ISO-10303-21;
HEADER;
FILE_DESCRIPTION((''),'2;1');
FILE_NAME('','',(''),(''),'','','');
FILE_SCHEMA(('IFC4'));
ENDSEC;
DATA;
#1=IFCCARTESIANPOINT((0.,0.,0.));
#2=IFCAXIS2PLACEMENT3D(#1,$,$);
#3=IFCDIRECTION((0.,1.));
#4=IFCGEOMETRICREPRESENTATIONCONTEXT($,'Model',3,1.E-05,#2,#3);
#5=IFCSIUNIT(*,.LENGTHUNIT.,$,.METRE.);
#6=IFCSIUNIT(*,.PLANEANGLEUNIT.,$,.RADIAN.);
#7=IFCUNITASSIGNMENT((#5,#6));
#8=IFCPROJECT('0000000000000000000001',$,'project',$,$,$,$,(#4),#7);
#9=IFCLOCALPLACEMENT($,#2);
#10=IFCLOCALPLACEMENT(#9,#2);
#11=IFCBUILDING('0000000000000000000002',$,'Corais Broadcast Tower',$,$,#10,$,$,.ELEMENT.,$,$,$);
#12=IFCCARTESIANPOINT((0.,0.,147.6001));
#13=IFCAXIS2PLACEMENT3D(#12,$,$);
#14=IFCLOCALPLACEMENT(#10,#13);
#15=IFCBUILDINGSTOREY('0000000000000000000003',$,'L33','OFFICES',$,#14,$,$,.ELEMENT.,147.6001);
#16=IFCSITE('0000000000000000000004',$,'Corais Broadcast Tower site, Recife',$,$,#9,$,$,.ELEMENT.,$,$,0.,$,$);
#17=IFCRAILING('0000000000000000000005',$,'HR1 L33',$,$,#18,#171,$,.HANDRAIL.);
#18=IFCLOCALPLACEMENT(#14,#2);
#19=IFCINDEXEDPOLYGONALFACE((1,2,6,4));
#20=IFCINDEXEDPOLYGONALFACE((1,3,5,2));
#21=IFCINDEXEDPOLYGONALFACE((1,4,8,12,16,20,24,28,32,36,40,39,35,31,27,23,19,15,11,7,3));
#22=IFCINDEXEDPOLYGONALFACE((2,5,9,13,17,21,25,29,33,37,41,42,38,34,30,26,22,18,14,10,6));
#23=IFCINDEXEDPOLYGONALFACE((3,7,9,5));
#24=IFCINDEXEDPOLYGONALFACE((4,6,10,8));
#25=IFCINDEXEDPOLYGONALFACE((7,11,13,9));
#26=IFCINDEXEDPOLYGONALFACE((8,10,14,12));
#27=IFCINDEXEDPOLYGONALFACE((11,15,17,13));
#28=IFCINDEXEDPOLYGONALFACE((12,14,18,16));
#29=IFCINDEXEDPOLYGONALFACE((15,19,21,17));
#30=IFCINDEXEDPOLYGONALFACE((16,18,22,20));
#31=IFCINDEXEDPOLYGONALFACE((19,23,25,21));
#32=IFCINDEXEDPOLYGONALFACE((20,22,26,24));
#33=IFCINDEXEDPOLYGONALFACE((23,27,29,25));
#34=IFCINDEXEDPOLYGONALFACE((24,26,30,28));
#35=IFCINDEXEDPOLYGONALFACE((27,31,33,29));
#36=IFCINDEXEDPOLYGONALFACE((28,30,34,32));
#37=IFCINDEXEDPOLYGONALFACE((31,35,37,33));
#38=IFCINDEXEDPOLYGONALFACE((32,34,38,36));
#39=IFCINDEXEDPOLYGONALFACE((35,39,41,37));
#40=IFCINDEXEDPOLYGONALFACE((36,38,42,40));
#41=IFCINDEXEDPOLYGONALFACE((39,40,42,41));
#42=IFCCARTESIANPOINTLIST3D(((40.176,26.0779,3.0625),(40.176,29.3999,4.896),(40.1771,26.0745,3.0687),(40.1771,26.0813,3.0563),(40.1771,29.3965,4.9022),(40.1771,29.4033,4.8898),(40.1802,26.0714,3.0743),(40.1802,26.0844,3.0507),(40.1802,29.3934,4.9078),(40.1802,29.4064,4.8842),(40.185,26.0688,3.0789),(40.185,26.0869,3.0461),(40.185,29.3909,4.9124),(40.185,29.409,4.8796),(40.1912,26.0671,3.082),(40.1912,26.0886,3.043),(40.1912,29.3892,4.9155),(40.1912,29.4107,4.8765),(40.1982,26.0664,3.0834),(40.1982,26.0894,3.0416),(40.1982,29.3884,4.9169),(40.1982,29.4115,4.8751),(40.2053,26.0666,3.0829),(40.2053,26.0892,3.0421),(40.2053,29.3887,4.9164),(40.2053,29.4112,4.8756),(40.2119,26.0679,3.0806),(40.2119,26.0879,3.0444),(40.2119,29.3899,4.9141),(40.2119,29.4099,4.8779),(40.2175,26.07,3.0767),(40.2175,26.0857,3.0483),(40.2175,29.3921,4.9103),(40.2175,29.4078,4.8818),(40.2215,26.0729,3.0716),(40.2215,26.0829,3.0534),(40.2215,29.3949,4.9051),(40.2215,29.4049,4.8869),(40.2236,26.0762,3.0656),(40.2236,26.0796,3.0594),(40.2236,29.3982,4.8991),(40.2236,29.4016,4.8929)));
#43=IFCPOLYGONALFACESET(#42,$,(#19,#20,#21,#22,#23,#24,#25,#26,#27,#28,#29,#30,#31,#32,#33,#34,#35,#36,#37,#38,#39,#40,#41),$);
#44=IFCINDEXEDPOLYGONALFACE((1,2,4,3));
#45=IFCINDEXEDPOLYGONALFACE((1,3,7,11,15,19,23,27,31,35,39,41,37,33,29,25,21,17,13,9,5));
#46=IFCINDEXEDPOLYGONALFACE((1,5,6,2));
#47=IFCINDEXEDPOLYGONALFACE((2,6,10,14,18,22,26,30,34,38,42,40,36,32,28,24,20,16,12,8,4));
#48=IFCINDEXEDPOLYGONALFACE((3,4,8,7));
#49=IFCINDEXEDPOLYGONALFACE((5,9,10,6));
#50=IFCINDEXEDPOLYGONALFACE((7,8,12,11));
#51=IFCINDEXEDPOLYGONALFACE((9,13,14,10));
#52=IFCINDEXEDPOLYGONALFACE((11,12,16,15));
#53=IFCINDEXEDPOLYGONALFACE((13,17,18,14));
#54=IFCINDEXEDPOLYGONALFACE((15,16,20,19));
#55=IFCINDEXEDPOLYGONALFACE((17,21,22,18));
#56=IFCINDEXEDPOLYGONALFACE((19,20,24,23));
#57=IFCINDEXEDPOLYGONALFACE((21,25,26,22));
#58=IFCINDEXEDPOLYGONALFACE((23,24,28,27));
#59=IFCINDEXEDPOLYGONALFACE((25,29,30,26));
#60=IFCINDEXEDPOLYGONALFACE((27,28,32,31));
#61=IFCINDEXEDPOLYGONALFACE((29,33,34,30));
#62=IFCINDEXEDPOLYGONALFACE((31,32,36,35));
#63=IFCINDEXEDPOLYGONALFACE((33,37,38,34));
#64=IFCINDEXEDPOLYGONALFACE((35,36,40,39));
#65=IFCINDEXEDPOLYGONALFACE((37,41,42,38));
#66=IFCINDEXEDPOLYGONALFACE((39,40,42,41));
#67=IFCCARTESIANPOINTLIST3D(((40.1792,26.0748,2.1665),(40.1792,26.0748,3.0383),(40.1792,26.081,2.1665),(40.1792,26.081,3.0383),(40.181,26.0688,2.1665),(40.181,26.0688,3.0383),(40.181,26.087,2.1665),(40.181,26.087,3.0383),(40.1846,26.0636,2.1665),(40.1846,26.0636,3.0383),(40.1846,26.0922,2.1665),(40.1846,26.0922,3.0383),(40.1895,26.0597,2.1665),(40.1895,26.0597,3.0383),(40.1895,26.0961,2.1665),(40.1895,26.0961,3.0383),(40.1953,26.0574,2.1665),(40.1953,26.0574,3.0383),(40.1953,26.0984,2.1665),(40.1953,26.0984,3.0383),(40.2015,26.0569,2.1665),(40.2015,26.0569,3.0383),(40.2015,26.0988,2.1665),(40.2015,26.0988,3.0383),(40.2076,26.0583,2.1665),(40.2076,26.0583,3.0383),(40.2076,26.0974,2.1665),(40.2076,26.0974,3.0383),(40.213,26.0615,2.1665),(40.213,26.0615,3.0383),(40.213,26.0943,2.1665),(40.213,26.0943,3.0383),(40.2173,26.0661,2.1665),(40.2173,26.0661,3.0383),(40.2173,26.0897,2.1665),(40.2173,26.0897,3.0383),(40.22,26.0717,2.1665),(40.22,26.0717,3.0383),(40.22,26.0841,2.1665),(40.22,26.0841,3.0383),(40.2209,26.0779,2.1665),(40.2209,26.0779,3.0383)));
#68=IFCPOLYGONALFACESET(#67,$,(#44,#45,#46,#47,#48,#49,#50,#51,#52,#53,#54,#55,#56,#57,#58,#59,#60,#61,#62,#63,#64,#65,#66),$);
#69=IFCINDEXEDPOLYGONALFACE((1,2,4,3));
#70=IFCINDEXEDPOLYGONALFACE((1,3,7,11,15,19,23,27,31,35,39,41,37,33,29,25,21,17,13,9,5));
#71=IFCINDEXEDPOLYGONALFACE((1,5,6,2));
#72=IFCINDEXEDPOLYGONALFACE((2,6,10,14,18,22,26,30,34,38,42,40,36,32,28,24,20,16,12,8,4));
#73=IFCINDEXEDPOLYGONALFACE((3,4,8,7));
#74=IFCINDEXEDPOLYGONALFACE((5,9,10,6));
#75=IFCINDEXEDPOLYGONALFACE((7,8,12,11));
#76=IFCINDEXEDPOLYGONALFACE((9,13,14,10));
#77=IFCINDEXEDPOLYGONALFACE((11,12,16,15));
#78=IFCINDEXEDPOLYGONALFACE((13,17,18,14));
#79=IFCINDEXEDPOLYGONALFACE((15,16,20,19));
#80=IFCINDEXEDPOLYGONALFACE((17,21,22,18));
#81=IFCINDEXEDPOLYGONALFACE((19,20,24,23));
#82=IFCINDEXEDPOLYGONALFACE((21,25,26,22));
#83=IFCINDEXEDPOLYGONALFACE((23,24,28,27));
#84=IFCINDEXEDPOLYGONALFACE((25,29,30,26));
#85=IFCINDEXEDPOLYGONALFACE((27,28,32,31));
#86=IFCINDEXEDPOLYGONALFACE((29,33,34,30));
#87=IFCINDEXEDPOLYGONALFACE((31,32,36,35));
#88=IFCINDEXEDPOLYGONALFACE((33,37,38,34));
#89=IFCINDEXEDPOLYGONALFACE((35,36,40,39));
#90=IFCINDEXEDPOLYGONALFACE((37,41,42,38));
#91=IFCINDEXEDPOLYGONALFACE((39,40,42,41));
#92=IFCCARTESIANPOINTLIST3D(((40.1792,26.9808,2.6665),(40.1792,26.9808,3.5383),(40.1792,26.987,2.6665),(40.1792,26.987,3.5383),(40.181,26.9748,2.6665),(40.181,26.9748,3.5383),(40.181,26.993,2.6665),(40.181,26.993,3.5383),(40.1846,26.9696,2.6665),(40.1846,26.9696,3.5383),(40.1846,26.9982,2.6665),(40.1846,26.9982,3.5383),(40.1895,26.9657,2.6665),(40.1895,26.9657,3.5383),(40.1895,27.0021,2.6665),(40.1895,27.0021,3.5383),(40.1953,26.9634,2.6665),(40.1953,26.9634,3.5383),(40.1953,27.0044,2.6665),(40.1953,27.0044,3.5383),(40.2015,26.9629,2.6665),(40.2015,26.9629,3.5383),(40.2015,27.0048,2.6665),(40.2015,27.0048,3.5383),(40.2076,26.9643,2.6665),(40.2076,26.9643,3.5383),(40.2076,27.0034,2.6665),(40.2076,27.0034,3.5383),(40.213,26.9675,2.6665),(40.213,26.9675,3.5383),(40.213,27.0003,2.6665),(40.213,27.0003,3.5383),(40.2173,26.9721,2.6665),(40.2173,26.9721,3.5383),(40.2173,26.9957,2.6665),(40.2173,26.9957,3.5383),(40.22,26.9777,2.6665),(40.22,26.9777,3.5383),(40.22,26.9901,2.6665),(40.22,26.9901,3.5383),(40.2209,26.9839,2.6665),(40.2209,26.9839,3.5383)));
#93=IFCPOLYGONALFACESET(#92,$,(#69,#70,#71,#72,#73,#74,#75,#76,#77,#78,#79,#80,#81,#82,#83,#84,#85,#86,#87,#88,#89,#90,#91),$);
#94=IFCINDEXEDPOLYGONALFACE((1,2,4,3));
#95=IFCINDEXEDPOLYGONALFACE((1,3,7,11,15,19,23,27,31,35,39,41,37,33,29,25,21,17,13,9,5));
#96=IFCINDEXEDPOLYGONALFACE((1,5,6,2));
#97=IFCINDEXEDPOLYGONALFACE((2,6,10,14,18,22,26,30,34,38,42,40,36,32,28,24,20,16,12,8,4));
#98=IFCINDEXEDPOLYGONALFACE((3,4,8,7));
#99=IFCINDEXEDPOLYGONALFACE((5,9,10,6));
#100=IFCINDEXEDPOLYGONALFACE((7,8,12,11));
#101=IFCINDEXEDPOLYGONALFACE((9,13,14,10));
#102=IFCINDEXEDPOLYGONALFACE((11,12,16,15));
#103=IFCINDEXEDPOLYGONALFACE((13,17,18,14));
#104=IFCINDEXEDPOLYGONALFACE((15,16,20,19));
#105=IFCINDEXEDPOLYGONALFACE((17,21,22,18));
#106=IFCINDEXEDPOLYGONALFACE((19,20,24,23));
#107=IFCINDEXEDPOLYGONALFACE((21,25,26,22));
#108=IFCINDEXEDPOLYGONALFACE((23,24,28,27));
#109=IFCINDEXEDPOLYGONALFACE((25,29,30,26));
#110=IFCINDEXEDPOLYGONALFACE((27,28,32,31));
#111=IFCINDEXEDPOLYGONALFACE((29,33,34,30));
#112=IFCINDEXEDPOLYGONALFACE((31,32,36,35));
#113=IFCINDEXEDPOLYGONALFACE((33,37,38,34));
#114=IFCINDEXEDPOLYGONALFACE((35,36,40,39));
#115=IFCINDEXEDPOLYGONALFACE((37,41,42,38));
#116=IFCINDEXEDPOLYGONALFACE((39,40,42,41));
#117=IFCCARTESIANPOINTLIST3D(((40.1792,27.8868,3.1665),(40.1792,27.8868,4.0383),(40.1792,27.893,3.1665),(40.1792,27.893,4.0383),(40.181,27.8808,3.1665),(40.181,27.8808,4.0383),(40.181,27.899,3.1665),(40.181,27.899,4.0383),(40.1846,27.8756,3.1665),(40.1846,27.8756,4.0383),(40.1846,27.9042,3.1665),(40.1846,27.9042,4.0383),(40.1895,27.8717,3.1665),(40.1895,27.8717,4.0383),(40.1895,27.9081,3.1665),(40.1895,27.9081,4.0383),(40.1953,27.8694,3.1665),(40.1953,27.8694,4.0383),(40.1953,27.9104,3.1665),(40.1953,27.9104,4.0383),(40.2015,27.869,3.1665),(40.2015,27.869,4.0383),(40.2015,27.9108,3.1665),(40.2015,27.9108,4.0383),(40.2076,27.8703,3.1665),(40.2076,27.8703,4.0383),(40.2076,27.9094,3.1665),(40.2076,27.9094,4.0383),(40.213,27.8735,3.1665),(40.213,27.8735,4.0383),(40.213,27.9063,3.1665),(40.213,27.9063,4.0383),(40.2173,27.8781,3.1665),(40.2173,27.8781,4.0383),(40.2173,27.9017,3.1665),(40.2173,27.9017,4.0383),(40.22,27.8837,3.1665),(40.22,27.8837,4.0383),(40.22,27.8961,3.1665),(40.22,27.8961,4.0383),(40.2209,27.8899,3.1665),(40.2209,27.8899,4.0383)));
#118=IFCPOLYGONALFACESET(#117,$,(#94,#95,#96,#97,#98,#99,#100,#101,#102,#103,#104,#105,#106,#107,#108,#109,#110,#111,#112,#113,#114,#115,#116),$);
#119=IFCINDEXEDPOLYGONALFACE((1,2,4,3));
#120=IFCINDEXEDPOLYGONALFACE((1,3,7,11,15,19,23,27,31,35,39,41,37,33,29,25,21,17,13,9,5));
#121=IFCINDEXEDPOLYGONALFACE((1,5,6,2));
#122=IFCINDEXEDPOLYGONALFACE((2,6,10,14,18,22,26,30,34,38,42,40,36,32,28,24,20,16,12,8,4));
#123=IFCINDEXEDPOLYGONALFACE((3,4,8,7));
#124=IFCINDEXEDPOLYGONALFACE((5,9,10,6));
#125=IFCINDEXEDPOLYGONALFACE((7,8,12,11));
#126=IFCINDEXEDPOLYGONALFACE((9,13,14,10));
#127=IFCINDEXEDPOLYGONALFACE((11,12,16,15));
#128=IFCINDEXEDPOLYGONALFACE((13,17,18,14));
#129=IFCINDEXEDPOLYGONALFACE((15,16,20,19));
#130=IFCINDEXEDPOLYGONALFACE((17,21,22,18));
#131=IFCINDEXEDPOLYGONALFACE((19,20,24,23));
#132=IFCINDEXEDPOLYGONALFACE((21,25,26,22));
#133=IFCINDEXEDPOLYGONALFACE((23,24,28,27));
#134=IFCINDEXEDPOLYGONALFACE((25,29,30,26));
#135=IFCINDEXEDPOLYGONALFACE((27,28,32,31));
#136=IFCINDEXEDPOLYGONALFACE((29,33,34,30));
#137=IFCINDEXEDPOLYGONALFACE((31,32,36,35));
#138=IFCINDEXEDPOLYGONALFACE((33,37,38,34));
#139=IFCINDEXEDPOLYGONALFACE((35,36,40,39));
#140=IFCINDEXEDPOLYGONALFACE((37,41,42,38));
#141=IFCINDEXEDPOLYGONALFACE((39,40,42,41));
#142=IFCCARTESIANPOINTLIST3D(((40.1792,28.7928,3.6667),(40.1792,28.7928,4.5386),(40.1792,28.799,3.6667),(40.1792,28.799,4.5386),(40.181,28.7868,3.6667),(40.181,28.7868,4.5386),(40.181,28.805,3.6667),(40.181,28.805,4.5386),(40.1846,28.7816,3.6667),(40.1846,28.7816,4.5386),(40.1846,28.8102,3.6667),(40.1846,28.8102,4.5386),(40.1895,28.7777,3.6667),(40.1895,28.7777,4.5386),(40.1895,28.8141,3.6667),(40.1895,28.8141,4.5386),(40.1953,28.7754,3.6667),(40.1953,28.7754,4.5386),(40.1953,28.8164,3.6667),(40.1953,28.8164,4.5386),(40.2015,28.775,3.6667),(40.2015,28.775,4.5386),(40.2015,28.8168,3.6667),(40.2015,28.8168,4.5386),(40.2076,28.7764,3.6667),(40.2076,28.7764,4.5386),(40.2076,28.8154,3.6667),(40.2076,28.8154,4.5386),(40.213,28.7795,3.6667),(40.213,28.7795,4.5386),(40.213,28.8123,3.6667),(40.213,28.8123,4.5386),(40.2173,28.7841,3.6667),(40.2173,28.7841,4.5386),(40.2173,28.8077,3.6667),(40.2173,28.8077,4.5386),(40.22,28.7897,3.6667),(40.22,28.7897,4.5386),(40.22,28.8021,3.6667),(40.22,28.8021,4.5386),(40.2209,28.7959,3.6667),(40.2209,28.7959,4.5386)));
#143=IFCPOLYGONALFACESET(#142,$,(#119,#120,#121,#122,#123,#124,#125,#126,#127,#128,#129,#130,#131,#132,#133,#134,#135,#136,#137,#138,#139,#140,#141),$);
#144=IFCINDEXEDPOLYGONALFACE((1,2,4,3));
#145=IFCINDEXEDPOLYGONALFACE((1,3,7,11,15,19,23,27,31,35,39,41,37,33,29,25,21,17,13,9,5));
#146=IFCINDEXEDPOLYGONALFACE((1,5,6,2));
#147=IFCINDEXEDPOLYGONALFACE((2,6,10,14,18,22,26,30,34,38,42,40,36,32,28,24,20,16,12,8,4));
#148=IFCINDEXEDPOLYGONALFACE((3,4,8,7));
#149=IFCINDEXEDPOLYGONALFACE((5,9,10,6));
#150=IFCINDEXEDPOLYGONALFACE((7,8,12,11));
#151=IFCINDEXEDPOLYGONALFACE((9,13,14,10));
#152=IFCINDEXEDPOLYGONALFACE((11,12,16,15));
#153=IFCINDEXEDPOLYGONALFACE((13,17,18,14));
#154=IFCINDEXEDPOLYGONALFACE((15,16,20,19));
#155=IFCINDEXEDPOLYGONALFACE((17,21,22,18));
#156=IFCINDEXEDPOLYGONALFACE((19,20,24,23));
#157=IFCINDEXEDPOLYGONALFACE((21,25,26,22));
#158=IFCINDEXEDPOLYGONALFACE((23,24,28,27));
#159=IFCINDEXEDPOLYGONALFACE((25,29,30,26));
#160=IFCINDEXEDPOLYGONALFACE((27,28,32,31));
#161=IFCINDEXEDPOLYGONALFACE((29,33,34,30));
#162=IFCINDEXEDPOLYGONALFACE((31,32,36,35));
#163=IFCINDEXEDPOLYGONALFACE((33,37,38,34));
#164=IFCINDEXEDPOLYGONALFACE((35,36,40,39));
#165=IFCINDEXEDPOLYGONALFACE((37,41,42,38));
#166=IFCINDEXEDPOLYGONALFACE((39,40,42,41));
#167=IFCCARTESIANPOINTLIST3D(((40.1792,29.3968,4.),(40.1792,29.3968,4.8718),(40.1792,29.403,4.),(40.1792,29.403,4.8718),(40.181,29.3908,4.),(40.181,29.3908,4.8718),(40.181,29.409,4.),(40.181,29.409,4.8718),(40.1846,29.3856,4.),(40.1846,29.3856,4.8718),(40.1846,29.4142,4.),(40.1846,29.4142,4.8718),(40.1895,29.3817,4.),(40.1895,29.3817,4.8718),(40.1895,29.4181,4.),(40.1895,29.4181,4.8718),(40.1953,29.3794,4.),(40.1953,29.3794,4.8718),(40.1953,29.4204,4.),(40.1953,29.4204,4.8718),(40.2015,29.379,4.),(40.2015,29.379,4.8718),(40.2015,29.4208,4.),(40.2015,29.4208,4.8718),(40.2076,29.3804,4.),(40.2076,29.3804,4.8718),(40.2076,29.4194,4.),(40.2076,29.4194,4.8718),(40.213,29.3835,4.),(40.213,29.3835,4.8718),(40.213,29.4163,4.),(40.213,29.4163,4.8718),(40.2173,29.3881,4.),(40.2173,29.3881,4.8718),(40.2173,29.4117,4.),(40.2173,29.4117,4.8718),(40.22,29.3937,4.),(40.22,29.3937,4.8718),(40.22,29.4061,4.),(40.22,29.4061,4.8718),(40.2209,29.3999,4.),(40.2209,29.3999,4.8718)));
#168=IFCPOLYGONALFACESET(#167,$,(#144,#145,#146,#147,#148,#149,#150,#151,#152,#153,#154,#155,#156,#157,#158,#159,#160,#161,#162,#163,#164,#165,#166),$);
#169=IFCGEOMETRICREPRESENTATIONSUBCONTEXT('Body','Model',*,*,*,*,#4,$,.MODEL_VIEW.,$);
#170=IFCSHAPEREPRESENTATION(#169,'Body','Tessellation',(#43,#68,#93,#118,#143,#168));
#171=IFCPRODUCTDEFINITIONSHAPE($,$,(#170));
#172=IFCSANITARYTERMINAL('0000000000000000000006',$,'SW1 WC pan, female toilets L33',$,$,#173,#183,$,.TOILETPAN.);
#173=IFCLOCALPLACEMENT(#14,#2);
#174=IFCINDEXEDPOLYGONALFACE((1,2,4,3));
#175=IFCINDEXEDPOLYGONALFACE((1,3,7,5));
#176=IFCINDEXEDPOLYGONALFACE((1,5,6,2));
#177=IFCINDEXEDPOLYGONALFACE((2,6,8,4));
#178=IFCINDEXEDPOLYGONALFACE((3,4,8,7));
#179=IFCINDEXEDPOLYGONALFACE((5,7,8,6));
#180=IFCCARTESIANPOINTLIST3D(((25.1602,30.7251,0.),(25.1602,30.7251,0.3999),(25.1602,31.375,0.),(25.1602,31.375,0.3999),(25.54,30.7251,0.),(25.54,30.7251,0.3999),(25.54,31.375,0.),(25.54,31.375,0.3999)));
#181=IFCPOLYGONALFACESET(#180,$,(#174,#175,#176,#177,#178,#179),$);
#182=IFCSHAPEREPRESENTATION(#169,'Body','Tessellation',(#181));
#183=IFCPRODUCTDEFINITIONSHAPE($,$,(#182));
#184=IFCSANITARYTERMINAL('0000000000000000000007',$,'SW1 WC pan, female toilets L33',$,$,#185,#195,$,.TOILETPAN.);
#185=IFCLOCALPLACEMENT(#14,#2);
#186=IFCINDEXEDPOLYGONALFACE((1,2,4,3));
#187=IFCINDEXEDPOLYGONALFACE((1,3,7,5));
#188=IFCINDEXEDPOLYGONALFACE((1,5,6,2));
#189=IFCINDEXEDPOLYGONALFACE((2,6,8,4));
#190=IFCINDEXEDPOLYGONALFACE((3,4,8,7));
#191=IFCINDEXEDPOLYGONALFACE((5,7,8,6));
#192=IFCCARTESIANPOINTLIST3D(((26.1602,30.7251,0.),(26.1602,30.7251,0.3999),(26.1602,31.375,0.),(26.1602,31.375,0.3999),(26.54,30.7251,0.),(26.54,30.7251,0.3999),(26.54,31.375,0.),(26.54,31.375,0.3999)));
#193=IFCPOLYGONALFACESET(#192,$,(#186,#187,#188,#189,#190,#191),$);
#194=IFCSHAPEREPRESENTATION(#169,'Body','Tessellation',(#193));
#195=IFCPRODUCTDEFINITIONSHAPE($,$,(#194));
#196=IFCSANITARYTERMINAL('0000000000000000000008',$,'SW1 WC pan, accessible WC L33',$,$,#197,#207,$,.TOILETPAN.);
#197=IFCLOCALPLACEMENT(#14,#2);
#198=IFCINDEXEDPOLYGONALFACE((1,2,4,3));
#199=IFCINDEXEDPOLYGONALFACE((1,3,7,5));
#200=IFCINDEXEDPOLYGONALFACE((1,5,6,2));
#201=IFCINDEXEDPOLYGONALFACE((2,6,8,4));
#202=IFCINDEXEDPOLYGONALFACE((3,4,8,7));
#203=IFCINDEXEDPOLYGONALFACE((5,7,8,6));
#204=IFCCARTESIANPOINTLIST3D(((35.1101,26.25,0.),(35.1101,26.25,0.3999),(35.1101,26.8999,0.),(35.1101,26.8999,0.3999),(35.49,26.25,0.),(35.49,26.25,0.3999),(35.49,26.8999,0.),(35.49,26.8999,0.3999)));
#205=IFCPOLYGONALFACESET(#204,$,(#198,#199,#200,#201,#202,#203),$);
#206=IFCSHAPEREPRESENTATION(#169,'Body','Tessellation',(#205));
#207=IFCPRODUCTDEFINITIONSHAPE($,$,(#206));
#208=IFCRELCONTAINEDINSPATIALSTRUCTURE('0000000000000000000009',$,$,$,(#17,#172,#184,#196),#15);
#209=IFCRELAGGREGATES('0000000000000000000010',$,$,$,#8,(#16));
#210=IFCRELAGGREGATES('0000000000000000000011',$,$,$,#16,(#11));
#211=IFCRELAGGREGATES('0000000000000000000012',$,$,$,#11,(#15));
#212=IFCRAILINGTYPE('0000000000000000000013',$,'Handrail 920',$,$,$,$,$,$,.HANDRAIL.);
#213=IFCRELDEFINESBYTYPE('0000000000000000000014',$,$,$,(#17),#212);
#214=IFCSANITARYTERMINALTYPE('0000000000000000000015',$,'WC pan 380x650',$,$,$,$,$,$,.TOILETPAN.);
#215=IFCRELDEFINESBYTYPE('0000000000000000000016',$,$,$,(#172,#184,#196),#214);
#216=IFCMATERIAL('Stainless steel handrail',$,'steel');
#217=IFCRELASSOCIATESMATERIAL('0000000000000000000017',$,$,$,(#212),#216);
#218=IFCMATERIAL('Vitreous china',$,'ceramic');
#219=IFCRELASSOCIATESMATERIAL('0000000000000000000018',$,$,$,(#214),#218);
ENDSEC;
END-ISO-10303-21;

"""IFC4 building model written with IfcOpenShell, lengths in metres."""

from ifc_helpers import new_model, si_unit, direction, frame, origin, origin_2d, place, context, subcontext, project, spatial, rectangle, circle, extrude, material, type_object, element, save


model = new_model("IFC4")

# Units and contexts
model_context = context("Model", 3, precision=1e-05, world=origin(), true_north=direction((0.0, 1.0)))
body_context = subcontext(model_context, "Body", "Model", "MODEL_VIEW")
ifc_project = project(units=[si_unit("LENGTHUNIT", "METRE"), si_unit("PLANEANGLEUNIT", "RADIAN")], contexts=[model_context])

# Site, building, storey
site_placement = place(None, origin())
site = spatial("IfcSite", under=ifc_project, at=site_placement, Name="Corais Broadcast Tower site, Recife", CompositionType="ELEMENT", RefElevation=0.0)
building_placement = place(site_placement, origin())
building = spatial("IfcBuilding", under=site, at=building_placement, Name="Corais Broadcast Tower", CompositionType="ELEMENT")
storey_placement = place(building_placement, frame((0.0, 0.0, 147.6001)))
storey = spatial("IfcBuildingStorey", under=building, at=storey_placement, Name="L33", Description="OFFICES", CompositionType="ELEMENT", Elevation=147.6001)

# Railing
ifc_material_1 = material(Name="Stainless steel handrail", Category="steel")
railing_type = type_object("IfcRailingType", Name="Handrail 920", PredefinedType="HANDRAIL", material=ifc_material_1)
railing_placement = place(storey_placement, frame((40.2, 26.0779, 2.1665)))
element("IfcRailing", 1, at=railing_placement, inside=storey, type_object=railing_type, Name="HR1 L33", PredefinedType="HANDRAIL", context=body_context, shape_type="SweptSolid", body=[
    extrude(circle(Radius=0.0239, at=origin_2d()), frame((0.0, 0.0, 0.896), z_axis=(0.0, 0.875504, 0.48321), x_axis=(-1.0, 0.0, 0.0)), (0.0, 0.0, 1.0), 3.7944),
    extrude(circle(Radius=0.021, at=origin_2d()), origin(), (0.0, 0.0, 1.0), 0.8718),
    extrude(circle(Radius=0.021, at=origin_2d()), frame((0.0, 0.906, 0.5)), (0.0, 0.0, 1.0), 0.8718),
    extrude(circle(Radius=0.021, at=origin_2d()), frame((0.0, 1.812, 1.0)), (0.0, 0.0, 1.0), 0.8718),
    extrude(circle(Radius=0.021, at=origin_2d()), frame((0.0, 2.718, 1.5002)), (0.0, 0.0, 1.0), 0.8718),
    extrude(circle(Radius=0.021, at=origin_2d()), frame((0.0, 3.322, 1.8335)), (0.0, 0.0, 1.0), 0.8718),
])

# Sanitary terminals
ifc_material_2 = material(Name="Vitreous china", Category="ceramic")
sanitary_terminal_type_1 = type_object("IfcSanitaryTerminalType", Name="WC pan 380x650", PredefinedType="TOILETPAN", material=ifc_material_2)
for number, where, z_axis, x_axis, name in (
    (2, (25.3501, 31.05, 0.0), (0.0, 0.0, 1.0), (1.0, 0.0, 0.0), "SW1 WC pan, female toilets L33"),
    (3, (26.3501, 31.05, 0.0), (0.0, 0.0, 1.0), (1.0, 0.0, 0.0), "SW1 WC pan, female toilets L33"),
    (4, (35.3, 26.575, 0.0), (0.0, 0.0, 1.0), (1.0, 0.0, 0.0), "SW1 WC pan, accessible WC L33"),
):
    element("IfcSanitaryTerminal", number, at=place(storey_placement, frame(where, z_axis=z_axis, x_axis=x_axis)), inside=storey, type_object=sanitary_terminal_type_1, Name=name, PredefinedType="TOILETPAN", context=body_context, shape_type="SweptSolid", body=[
        extrude(rectangle(XDim=0.3799, YDim=0.6499, at=origin_2d()), origin(), (0.0, 0.0, 1.0), 0.3999),
    ])

save(model, "model.ifc")
